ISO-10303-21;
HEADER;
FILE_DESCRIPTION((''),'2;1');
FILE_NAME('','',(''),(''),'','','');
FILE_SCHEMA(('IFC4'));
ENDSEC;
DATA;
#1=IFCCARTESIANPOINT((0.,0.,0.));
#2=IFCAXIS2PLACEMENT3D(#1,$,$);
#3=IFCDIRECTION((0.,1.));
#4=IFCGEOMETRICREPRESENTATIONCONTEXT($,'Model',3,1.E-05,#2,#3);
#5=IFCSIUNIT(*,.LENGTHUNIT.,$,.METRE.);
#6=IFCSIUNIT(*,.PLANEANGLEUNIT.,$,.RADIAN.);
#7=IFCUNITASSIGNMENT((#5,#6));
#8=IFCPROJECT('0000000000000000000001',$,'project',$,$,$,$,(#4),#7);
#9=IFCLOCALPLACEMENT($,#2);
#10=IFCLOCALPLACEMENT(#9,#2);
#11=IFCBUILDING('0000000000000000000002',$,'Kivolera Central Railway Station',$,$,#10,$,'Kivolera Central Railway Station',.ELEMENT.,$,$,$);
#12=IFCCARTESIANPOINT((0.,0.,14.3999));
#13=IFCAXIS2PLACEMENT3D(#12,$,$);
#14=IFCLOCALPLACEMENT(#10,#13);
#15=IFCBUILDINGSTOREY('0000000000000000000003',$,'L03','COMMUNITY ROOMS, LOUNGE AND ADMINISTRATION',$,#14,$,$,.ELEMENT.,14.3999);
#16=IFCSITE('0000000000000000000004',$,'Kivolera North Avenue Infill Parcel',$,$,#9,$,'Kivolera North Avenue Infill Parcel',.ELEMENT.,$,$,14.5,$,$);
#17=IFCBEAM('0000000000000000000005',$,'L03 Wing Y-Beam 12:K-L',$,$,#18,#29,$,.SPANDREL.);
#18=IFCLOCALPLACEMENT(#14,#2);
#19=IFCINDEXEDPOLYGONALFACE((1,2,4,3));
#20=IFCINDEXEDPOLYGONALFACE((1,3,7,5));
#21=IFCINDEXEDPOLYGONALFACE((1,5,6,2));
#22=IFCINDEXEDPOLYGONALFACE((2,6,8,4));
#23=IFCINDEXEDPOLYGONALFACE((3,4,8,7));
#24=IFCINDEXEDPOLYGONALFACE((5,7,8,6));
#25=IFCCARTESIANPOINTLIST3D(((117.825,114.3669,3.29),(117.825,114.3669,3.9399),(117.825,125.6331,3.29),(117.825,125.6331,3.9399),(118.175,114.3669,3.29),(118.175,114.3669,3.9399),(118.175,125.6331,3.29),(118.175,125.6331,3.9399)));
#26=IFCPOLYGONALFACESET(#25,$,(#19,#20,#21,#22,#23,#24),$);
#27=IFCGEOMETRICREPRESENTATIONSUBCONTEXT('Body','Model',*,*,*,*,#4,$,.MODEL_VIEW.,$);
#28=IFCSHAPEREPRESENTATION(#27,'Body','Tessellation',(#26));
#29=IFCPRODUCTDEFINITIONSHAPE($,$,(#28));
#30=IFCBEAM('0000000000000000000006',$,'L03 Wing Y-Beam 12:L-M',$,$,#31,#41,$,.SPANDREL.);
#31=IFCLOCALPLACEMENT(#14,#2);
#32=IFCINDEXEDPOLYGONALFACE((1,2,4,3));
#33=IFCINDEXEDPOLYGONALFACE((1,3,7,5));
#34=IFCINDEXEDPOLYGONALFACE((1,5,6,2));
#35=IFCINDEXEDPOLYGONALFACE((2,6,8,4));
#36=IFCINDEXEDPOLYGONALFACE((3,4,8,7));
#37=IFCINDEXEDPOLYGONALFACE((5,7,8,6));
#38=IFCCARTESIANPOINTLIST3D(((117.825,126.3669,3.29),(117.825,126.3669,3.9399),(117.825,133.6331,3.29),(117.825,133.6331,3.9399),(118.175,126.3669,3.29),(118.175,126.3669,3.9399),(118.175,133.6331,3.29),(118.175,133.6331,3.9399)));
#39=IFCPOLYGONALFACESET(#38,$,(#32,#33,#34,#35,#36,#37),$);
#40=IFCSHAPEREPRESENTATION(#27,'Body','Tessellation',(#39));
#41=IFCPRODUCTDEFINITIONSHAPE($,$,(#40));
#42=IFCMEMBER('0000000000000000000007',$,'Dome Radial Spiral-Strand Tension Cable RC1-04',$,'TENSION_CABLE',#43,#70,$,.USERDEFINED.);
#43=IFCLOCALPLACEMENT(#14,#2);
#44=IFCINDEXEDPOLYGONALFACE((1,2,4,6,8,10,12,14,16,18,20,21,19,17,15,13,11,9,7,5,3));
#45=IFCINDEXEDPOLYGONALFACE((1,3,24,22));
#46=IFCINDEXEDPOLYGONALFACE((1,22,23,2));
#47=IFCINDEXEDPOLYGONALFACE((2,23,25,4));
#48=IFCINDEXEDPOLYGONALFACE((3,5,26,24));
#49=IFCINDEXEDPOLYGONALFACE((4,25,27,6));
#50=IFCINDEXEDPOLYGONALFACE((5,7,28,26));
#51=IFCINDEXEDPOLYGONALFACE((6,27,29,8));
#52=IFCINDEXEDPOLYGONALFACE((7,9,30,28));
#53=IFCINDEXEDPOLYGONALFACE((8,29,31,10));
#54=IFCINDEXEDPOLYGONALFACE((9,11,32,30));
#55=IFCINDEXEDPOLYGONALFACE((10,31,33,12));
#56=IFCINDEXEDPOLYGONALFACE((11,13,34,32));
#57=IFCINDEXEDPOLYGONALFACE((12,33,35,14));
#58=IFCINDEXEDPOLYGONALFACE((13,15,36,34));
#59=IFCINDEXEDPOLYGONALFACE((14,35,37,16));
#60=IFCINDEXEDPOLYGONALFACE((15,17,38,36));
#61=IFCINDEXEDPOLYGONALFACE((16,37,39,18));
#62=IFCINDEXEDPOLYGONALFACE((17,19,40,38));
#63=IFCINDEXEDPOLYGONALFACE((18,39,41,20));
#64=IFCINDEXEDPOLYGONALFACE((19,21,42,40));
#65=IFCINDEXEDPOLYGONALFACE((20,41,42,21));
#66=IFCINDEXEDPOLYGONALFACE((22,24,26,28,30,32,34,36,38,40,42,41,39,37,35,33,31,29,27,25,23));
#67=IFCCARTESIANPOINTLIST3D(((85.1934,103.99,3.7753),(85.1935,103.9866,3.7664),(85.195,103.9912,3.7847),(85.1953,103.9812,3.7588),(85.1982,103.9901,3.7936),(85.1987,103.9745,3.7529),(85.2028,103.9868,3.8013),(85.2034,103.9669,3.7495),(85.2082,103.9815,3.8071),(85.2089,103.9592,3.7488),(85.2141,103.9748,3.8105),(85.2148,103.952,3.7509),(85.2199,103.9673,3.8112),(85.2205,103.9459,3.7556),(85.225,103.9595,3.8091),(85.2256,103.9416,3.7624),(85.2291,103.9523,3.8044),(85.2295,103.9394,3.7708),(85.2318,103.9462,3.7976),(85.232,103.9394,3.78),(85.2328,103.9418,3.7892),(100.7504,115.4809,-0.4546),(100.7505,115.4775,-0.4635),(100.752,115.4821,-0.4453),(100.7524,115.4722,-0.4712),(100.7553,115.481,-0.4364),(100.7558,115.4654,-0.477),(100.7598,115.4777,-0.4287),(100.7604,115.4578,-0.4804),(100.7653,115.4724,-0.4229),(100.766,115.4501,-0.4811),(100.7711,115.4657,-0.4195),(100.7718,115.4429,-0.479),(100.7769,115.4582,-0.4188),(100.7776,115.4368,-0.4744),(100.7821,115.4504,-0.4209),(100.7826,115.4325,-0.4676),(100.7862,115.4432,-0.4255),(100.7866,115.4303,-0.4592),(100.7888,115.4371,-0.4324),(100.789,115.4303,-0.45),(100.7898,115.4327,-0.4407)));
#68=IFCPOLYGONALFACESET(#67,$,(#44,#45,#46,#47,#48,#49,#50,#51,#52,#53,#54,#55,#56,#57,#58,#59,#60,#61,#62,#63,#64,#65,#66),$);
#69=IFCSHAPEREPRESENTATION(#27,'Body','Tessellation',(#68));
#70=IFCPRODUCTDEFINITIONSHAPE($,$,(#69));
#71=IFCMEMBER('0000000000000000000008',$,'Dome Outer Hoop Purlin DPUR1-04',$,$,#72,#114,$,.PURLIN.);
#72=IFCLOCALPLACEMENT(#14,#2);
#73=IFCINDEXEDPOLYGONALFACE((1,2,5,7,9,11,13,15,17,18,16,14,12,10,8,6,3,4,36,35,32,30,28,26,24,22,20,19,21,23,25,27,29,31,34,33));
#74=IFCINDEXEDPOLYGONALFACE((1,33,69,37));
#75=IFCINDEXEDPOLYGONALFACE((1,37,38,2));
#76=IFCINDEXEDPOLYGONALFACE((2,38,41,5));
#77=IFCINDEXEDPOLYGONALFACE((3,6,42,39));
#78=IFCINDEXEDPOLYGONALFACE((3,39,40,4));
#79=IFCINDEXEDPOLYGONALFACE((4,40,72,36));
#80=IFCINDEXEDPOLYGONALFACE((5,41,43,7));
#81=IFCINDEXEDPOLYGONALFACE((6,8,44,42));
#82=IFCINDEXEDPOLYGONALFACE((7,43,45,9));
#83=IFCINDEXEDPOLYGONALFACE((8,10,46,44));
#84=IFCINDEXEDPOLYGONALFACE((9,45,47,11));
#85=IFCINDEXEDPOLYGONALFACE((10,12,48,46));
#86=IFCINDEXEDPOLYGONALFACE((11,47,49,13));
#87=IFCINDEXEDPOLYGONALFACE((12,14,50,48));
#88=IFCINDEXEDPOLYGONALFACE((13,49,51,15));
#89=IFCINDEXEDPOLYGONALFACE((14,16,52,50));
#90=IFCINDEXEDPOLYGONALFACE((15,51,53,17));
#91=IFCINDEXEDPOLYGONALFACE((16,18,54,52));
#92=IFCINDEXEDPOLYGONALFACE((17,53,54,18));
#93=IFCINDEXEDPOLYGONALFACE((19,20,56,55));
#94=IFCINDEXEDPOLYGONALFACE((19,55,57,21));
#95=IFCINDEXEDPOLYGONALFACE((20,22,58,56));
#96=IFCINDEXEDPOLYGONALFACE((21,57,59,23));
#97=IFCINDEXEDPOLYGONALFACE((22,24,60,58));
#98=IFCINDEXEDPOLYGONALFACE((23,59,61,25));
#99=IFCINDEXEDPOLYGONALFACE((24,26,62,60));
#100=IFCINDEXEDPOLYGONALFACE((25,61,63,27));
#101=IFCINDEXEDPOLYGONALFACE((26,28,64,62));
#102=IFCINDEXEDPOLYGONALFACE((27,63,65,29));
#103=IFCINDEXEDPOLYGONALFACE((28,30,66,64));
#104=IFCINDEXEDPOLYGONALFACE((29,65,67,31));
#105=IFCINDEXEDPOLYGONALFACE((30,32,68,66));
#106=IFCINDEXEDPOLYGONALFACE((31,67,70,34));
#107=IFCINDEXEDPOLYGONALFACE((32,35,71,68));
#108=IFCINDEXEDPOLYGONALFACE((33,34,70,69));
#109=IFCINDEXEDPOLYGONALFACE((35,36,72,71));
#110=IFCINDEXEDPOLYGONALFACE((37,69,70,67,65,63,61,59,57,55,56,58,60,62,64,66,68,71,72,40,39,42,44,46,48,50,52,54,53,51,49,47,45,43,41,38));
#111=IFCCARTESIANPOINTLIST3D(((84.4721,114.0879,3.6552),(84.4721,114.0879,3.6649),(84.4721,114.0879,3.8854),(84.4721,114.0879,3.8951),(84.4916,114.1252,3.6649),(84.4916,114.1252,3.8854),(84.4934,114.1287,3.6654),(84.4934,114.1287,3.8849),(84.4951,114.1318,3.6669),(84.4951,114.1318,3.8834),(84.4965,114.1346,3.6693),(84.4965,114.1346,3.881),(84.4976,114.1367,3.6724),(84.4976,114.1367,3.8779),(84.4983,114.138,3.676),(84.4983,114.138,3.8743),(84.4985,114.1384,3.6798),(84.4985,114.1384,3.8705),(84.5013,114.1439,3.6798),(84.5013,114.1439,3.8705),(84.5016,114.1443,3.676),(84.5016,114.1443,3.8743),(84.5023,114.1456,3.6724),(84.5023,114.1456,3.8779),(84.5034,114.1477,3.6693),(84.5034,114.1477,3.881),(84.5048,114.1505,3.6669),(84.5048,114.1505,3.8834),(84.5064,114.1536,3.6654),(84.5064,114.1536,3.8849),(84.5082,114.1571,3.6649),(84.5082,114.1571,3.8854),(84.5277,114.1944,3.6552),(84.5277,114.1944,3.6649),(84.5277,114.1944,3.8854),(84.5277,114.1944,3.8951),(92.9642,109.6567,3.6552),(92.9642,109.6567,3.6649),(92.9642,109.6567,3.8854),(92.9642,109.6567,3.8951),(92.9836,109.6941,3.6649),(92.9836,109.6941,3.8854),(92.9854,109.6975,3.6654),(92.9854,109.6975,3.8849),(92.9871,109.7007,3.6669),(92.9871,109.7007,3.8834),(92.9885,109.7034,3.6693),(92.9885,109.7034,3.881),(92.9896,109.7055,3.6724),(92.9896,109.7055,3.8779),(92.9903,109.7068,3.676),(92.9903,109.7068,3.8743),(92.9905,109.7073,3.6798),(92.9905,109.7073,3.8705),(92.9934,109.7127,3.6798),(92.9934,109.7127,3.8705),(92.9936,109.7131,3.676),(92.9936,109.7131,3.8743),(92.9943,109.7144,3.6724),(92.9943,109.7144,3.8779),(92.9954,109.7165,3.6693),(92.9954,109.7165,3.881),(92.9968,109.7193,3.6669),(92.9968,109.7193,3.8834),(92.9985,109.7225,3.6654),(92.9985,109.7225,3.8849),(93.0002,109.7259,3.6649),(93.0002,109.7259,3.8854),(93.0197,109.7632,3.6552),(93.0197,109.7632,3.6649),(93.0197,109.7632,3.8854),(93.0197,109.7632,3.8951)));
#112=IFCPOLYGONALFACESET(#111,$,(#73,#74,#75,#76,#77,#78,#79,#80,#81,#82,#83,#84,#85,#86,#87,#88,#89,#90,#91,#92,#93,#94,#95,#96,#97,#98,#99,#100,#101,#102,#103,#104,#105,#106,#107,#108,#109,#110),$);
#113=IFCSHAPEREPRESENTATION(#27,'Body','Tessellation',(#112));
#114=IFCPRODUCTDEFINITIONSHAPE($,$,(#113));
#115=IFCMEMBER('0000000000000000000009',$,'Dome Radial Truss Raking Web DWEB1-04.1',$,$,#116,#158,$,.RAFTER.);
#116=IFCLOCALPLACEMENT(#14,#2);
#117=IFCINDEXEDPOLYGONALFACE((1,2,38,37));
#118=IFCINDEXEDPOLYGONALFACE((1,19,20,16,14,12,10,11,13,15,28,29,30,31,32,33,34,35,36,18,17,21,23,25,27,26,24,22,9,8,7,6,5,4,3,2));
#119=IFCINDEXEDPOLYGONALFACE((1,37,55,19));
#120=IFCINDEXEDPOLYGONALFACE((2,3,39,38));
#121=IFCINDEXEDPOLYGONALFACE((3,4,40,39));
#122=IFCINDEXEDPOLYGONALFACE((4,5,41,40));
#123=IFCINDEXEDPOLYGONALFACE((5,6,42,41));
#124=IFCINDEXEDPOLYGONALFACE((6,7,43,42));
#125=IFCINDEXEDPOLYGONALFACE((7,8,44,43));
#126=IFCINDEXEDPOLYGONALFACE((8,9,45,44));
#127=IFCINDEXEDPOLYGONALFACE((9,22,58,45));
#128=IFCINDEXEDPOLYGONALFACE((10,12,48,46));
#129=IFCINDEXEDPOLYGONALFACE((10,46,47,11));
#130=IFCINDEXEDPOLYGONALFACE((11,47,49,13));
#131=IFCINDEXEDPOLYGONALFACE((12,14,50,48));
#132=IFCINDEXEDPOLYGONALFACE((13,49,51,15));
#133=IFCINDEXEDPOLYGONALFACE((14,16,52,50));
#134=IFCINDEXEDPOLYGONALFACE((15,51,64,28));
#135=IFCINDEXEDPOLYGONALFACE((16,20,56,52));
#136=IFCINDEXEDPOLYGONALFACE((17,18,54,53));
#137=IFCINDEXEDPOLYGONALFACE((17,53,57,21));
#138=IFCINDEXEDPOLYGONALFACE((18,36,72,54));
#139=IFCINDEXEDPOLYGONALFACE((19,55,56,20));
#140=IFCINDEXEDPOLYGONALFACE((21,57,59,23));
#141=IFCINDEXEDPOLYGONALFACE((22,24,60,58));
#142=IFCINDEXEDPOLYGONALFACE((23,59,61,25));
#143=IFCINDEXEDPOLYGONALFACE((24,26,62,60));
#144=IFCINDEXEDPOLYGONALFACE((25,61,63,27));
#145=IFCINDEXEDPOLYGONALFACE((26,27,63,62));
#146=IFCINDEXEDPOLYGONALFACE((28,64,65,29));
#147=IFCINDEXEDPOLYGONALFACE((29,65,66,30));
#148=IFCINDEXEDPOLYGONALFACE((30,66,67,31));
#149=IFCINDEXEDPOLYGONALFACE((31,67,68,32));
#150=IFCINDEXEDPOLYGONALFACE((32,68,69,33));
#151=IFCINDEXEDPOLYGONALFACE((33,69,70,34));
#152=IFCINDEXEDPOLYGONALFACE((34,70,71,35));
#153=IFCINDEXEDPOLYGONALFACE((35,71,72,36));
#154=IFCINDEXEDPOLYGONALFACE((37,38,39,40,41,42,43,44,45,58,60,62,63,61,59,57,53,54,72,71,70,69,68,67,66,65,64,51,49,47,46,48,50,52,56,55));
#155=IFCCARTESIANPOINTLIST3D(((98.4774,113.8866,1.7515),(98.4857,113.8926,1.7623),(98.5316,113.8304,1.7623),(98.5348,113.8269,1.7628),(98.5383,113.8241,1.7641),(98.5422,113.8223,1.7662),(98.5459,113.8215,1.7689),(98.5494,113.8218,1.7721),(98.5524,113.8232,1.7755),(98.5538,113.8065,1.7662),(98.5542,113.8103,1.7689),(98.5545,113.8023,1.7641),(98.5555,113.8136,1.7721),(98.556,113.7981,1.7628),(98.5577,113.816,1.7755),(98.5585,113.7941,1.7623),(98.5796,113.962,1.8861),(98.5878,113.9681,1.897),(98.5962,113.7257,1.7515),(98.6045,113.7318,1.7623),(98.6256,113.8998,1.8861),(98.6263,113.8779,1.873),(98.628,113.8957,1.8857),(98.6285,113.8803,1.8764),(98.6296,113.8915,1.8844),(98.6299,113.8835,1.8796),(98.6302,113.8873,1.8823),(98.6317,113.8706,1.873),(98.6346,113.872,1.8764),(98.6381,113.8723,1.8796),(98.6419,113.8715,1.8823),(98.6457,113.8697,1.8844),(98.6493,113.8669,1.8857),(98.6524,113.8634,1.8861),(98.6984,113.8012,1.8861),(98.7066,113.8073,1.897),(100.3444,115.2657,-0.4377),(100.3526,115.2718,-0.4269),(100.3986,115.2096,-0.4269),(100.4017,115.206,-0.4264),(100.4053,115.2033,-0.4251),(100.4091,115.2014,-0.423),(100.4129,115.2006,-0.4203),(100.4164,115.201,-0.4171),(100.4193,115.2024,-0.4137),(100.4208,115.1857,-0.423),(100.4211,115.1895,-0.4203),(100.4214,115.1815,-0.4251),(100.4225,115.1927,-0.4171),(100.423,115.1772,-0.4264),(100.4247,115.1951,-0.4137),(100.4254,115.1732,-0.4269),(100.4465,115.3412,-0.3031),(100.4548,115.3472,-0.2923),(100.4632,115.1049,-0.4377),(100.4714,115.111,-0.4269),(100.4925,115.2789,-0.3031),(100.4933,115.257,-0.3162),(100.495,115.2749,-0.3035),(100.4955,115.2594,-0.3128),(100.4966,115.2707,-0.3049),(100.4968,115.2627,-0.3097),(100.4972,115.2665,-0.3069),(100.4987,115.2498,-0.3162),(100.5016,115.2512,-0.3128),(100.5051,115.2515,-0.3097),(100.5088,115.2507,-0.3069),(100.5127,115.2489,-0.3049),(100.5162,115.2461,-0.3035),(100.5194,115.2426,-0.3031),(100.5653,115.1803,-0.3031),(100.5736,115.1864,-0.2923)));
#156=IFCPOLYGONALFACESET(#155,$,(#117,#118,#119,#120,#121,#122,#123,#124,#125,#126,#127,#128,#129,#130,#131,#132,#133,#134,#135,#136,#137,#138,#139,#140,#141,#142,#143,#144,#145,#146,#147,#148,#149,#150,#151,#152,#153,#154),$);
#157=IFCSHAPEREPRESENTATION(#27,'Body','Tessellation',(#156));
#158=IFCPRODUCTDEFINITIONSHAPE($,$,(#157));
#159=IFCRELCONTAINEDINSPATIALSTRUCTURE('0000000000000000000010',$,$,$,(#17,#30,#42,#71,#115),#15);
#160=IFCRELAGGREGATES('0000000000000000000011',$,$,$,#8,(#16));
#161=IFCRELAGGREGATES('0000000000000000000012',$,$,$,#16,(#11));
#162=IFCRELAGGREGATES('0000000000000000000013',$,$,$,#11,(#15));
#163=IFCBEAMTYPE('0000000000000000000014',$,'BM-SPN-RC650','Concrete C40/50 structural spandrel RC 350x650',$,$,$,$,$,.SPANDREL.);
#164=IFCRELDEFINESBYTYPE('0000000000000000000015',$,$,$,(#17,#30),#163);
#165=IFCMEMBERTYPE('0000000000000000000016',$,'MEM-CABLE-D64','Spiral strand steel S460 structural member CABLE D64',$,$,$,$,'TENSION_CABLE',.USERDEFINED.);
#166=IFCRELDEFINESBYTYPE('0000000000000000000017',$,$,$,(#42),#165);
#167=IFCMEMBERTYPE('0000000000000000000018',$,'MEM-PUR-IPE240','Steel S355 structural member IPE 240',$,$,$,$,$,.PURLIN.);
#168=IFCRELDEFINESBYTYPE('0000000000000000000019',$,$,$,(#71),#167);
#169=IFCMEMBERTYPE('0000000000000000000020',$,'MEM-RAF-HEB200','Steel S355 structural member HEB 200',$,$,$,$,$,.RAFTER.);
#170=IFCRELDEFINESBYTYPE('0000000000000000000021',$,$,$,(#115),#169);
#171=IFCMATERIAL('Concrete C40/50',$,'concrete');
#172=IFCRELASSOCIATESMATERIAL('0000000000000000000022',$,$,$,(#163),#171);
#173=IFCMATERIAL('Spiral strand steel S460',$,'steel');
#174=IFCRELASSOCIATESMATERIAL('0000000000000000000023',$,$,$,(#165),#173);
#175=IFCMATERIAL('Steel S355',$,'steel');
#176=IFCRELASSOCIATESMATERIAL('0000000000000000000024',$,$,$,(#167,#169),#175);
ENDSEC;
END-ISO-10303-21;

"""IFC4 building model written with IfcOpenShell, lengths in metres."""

from ifc_helpers import new_model, si_unit, direction, frame, origin, origin_2d, place, context, subcontext, project, spatial, rectangle, circle, i_section, extrude, material, material_profile, profile_set, type_object, element, save


model = new_model("IFC4")

# Units and contexts
model_context = context("Model", 3, precision=1e-05, world=origin(), true_north=direction((0.0, 1.0)))
body_context = subcontext(model_context, "Body", "Model", "MODEL_VIEW")
ifc_project = project(units=[si_unit("LENGTHUNIT", "METRE"), si_unit("PLANEANGLEUNIT", "RADIAN")], contexts=[model_context])

# Site, building, storey
site_placement = place(None, origin())
site = spatial("IfcSite", under=ifc_project, at=site_placement, Name="Kivolera North Avenue Infill Parcel", LongName="Kivolera North Avenue Infill Parcel", CompositionType="ELEMENT", RefElevation=14.5)
building_placement = place(site_placement, origin())
building = spatial("IfcBuilding", under=site, at=building_placement, Name="Kivolera Central Railway Station", LongName="Kivolera Central Railway Station", CompositionType="ELEMENT")
storey_placement = place(building_placement, frame((0.0, 0.0, 14.3999)))
storey = spatial("IfcBuildingStorey", under=building, at=storey_placement, Name="L03", Description="COMMUNITY ROOMS, LOUNGE AND ADMINISTRATION", CompositionType="ELEMENT", Elevation=14.3999)

# Shared definitions
ifc_material_1 = material(Name="Concrete C40/50", Category="concrete")

# Beams
ifc_material_2 = material(Name="Steel S355", Category="steel")
ifc_material_profile_1 = material_profile(ifc_material_1, rectangle(XDim=0.3501, YDim=0.6499, at=origin_2d()), Name="RC 350x650")
ifc_profile_set_1 = profile_set([ifc_material_profile_1], Name="Concrete C40/50")
beam_type_1 = type_object("IfcBeamType", Name="BM-SPN-RC650", Description="Concrete C40/50 structural spandrel RC 350x650", PredefinedType="SPANDREL", material=ifc_profile_set_1)
beam_1_placement = place(storey_placement, frame((118.0, 114.3669, 3.615), z_axis=(0.0, 1.0, 0.0), x_axis=(-1.0, 0.0, 0.0)))
element("IfcBeam", 1, at=beam_1_placement, inside=storey, type_object=beam_type_1, Name="L03 Wing Y-Beam 12:K-L", PredefinedType="SPANDREL", context=body_context, shape_type="SweptSolid", body=[
    extrude(rectangle(XDim=0.3501, YDim=0.6499, at=origin_2d()), origin(), (0.0, 0.0, 1.0), 11.2661),
])
beam_2_placement = place(storey_placement, frame((118.0, 126.3669, 3.615), z_axis=(0.0, 1.0, 0.0), x_axis=(-1.0, 0.0, 0.0)))
element("IfcBeam", 2, at=beam_2_placement, inside=storey, type_object=beam_type_1, Name="L03 Wing Y-Beam 12:L-M", PredefinedType="SPANDREL", context=body_context, shape_type="SweptSolid", body=[
    extrude(rectangle(XDim=0.3501, YDim=0.6499, at=origin_2d()), origin(), (0.0, 0.0, 1.0), 7.2661),
])

# Members
ifc_material_3 = material(Name="Spiral strand steel S460", Category="steel")
ifc_material_profile_2 = material_profile(ifc_material_3, circle(Radius=0.032, at=origin_2d()), Name="CABLE D64")
ifc_profile_set_2 = profile_set([ifc_material_profile_2], Name="Spiral strand steel S460")
member_type_1 = type_object("IfcMemberType", Name="MEM-CABLE-D64", Description="Spiral strand steel S460 structural member CABLE D64", ElementType="TENSION_CABLE", PredefinedType="USERDEFINED", material=ifc_profile_set_2)
member_1_placement = place(storey_placement, frame((100.77, 115.4561, -0.45), z_axis=(-0.785794, -0.580412, 0.213657), x_axis=(0.594131, -0.804368, 0.0)))
element("IfcMember", 3, at=member_1_placement, inside=storey, type_object=member_type_1, Name="Dome Radial Spiral-Strand Tension Cable RC1-04", ObjectType="TENSION_CABLE", PredefinedType="USERDEFINED", context=body_context, shape_type="SweptSolid", body=[
    extrude(circle(Radius=0.032, at=origin_2d()), origin(), (0.0, 0.0, 1.0), 19.7979),
])
ifc_material_profile_3 = material_profile(ifc_material_2, i_section(OverallWidth=0.1201, OverallDepth=0.24, WebThickness=0.0061, FlangeThickness=0.0098, FilletRadius=0.0149, at=origin_2d()), Name="IPE 240")
ifc_profile_set_3 = profile_set([ifc_material_profile_3], Name="Steel S355")
member_type_2 = type_object("IfcMemberType", Name="MEM-PUR-IPE240", Description="Steel S355 structural member IPE 240", PredefinedType="PURLIN", material=ifc_profile_set_3)
member_2_placement = place(storey_placement, frame((92.9919, 109.71, 3.7751), z_axis=(-0.88656, 0.462613, 0.0), x_axis=(-0.462613, -0.88656, 0.0)))
element("IfcMember", 4, at=member_2_placement, inside=storey, type_object=member_type_2, Name="Dome Outer Hoop Purlin DPUR1-04", PredefinedType="PURLIN", context=body_context, shape_type="SweptSolid", body=[
    extrude(i_section(OverallWidth=0.1201, OverallDepth=0.24, WebThickness=0.0061, FlangeThickness=0.0098, FilletRadius=0.0149, at=origin_2d()), origin(), (0.0, 0.0, 1.0), 9.5786),
])
ifc_material_profile_4 = material_profile(ifc_material_2, i_section(OverallWidth=0.2, OverallDepth=0.2, WebThickness=0.009, FlangeThickness=0.0149, FilletRadius=0.0181, at=origin_2d()), Name="HEB 200")
ifc_profile_set_4 = profile_set([ifc_material_profile_4], Name="Steel S355")
member_type_3 = type_object("IfcMemberType", Name="MEM-RAF-HEB200", Description="Steel S355 structural member HEB 200", PredefinedType="RAFTER", material=ifc_profile_set_4)
member_3_placement = place(storey_placement, frame((100.459, 115.2261, -0.365), z_axis=(-0.585132, -0.432249, 0.686135), x_axis=(0.594178, -0.804334, 0.0)))
element("IfcMember", 5, at=member_3_placement, inside=storey, type_object=member_type_3, Name="Dome Radial Truss Raking Web DWEB1-04.1", PredefinedType="RAFTER", context=body_context, shape_type="SweptSolid", body=[
    extrude(i_section(OverallWidth=0.2, OverallDepth=0.2, WebThickness=0.009, FlangeThickness=0.0149, FilletRadius=0.0181, at=origin_2d()), origin(), (0.0, 0.0, 1.0), 3.1907),
])

save(model, "model.ifc")
